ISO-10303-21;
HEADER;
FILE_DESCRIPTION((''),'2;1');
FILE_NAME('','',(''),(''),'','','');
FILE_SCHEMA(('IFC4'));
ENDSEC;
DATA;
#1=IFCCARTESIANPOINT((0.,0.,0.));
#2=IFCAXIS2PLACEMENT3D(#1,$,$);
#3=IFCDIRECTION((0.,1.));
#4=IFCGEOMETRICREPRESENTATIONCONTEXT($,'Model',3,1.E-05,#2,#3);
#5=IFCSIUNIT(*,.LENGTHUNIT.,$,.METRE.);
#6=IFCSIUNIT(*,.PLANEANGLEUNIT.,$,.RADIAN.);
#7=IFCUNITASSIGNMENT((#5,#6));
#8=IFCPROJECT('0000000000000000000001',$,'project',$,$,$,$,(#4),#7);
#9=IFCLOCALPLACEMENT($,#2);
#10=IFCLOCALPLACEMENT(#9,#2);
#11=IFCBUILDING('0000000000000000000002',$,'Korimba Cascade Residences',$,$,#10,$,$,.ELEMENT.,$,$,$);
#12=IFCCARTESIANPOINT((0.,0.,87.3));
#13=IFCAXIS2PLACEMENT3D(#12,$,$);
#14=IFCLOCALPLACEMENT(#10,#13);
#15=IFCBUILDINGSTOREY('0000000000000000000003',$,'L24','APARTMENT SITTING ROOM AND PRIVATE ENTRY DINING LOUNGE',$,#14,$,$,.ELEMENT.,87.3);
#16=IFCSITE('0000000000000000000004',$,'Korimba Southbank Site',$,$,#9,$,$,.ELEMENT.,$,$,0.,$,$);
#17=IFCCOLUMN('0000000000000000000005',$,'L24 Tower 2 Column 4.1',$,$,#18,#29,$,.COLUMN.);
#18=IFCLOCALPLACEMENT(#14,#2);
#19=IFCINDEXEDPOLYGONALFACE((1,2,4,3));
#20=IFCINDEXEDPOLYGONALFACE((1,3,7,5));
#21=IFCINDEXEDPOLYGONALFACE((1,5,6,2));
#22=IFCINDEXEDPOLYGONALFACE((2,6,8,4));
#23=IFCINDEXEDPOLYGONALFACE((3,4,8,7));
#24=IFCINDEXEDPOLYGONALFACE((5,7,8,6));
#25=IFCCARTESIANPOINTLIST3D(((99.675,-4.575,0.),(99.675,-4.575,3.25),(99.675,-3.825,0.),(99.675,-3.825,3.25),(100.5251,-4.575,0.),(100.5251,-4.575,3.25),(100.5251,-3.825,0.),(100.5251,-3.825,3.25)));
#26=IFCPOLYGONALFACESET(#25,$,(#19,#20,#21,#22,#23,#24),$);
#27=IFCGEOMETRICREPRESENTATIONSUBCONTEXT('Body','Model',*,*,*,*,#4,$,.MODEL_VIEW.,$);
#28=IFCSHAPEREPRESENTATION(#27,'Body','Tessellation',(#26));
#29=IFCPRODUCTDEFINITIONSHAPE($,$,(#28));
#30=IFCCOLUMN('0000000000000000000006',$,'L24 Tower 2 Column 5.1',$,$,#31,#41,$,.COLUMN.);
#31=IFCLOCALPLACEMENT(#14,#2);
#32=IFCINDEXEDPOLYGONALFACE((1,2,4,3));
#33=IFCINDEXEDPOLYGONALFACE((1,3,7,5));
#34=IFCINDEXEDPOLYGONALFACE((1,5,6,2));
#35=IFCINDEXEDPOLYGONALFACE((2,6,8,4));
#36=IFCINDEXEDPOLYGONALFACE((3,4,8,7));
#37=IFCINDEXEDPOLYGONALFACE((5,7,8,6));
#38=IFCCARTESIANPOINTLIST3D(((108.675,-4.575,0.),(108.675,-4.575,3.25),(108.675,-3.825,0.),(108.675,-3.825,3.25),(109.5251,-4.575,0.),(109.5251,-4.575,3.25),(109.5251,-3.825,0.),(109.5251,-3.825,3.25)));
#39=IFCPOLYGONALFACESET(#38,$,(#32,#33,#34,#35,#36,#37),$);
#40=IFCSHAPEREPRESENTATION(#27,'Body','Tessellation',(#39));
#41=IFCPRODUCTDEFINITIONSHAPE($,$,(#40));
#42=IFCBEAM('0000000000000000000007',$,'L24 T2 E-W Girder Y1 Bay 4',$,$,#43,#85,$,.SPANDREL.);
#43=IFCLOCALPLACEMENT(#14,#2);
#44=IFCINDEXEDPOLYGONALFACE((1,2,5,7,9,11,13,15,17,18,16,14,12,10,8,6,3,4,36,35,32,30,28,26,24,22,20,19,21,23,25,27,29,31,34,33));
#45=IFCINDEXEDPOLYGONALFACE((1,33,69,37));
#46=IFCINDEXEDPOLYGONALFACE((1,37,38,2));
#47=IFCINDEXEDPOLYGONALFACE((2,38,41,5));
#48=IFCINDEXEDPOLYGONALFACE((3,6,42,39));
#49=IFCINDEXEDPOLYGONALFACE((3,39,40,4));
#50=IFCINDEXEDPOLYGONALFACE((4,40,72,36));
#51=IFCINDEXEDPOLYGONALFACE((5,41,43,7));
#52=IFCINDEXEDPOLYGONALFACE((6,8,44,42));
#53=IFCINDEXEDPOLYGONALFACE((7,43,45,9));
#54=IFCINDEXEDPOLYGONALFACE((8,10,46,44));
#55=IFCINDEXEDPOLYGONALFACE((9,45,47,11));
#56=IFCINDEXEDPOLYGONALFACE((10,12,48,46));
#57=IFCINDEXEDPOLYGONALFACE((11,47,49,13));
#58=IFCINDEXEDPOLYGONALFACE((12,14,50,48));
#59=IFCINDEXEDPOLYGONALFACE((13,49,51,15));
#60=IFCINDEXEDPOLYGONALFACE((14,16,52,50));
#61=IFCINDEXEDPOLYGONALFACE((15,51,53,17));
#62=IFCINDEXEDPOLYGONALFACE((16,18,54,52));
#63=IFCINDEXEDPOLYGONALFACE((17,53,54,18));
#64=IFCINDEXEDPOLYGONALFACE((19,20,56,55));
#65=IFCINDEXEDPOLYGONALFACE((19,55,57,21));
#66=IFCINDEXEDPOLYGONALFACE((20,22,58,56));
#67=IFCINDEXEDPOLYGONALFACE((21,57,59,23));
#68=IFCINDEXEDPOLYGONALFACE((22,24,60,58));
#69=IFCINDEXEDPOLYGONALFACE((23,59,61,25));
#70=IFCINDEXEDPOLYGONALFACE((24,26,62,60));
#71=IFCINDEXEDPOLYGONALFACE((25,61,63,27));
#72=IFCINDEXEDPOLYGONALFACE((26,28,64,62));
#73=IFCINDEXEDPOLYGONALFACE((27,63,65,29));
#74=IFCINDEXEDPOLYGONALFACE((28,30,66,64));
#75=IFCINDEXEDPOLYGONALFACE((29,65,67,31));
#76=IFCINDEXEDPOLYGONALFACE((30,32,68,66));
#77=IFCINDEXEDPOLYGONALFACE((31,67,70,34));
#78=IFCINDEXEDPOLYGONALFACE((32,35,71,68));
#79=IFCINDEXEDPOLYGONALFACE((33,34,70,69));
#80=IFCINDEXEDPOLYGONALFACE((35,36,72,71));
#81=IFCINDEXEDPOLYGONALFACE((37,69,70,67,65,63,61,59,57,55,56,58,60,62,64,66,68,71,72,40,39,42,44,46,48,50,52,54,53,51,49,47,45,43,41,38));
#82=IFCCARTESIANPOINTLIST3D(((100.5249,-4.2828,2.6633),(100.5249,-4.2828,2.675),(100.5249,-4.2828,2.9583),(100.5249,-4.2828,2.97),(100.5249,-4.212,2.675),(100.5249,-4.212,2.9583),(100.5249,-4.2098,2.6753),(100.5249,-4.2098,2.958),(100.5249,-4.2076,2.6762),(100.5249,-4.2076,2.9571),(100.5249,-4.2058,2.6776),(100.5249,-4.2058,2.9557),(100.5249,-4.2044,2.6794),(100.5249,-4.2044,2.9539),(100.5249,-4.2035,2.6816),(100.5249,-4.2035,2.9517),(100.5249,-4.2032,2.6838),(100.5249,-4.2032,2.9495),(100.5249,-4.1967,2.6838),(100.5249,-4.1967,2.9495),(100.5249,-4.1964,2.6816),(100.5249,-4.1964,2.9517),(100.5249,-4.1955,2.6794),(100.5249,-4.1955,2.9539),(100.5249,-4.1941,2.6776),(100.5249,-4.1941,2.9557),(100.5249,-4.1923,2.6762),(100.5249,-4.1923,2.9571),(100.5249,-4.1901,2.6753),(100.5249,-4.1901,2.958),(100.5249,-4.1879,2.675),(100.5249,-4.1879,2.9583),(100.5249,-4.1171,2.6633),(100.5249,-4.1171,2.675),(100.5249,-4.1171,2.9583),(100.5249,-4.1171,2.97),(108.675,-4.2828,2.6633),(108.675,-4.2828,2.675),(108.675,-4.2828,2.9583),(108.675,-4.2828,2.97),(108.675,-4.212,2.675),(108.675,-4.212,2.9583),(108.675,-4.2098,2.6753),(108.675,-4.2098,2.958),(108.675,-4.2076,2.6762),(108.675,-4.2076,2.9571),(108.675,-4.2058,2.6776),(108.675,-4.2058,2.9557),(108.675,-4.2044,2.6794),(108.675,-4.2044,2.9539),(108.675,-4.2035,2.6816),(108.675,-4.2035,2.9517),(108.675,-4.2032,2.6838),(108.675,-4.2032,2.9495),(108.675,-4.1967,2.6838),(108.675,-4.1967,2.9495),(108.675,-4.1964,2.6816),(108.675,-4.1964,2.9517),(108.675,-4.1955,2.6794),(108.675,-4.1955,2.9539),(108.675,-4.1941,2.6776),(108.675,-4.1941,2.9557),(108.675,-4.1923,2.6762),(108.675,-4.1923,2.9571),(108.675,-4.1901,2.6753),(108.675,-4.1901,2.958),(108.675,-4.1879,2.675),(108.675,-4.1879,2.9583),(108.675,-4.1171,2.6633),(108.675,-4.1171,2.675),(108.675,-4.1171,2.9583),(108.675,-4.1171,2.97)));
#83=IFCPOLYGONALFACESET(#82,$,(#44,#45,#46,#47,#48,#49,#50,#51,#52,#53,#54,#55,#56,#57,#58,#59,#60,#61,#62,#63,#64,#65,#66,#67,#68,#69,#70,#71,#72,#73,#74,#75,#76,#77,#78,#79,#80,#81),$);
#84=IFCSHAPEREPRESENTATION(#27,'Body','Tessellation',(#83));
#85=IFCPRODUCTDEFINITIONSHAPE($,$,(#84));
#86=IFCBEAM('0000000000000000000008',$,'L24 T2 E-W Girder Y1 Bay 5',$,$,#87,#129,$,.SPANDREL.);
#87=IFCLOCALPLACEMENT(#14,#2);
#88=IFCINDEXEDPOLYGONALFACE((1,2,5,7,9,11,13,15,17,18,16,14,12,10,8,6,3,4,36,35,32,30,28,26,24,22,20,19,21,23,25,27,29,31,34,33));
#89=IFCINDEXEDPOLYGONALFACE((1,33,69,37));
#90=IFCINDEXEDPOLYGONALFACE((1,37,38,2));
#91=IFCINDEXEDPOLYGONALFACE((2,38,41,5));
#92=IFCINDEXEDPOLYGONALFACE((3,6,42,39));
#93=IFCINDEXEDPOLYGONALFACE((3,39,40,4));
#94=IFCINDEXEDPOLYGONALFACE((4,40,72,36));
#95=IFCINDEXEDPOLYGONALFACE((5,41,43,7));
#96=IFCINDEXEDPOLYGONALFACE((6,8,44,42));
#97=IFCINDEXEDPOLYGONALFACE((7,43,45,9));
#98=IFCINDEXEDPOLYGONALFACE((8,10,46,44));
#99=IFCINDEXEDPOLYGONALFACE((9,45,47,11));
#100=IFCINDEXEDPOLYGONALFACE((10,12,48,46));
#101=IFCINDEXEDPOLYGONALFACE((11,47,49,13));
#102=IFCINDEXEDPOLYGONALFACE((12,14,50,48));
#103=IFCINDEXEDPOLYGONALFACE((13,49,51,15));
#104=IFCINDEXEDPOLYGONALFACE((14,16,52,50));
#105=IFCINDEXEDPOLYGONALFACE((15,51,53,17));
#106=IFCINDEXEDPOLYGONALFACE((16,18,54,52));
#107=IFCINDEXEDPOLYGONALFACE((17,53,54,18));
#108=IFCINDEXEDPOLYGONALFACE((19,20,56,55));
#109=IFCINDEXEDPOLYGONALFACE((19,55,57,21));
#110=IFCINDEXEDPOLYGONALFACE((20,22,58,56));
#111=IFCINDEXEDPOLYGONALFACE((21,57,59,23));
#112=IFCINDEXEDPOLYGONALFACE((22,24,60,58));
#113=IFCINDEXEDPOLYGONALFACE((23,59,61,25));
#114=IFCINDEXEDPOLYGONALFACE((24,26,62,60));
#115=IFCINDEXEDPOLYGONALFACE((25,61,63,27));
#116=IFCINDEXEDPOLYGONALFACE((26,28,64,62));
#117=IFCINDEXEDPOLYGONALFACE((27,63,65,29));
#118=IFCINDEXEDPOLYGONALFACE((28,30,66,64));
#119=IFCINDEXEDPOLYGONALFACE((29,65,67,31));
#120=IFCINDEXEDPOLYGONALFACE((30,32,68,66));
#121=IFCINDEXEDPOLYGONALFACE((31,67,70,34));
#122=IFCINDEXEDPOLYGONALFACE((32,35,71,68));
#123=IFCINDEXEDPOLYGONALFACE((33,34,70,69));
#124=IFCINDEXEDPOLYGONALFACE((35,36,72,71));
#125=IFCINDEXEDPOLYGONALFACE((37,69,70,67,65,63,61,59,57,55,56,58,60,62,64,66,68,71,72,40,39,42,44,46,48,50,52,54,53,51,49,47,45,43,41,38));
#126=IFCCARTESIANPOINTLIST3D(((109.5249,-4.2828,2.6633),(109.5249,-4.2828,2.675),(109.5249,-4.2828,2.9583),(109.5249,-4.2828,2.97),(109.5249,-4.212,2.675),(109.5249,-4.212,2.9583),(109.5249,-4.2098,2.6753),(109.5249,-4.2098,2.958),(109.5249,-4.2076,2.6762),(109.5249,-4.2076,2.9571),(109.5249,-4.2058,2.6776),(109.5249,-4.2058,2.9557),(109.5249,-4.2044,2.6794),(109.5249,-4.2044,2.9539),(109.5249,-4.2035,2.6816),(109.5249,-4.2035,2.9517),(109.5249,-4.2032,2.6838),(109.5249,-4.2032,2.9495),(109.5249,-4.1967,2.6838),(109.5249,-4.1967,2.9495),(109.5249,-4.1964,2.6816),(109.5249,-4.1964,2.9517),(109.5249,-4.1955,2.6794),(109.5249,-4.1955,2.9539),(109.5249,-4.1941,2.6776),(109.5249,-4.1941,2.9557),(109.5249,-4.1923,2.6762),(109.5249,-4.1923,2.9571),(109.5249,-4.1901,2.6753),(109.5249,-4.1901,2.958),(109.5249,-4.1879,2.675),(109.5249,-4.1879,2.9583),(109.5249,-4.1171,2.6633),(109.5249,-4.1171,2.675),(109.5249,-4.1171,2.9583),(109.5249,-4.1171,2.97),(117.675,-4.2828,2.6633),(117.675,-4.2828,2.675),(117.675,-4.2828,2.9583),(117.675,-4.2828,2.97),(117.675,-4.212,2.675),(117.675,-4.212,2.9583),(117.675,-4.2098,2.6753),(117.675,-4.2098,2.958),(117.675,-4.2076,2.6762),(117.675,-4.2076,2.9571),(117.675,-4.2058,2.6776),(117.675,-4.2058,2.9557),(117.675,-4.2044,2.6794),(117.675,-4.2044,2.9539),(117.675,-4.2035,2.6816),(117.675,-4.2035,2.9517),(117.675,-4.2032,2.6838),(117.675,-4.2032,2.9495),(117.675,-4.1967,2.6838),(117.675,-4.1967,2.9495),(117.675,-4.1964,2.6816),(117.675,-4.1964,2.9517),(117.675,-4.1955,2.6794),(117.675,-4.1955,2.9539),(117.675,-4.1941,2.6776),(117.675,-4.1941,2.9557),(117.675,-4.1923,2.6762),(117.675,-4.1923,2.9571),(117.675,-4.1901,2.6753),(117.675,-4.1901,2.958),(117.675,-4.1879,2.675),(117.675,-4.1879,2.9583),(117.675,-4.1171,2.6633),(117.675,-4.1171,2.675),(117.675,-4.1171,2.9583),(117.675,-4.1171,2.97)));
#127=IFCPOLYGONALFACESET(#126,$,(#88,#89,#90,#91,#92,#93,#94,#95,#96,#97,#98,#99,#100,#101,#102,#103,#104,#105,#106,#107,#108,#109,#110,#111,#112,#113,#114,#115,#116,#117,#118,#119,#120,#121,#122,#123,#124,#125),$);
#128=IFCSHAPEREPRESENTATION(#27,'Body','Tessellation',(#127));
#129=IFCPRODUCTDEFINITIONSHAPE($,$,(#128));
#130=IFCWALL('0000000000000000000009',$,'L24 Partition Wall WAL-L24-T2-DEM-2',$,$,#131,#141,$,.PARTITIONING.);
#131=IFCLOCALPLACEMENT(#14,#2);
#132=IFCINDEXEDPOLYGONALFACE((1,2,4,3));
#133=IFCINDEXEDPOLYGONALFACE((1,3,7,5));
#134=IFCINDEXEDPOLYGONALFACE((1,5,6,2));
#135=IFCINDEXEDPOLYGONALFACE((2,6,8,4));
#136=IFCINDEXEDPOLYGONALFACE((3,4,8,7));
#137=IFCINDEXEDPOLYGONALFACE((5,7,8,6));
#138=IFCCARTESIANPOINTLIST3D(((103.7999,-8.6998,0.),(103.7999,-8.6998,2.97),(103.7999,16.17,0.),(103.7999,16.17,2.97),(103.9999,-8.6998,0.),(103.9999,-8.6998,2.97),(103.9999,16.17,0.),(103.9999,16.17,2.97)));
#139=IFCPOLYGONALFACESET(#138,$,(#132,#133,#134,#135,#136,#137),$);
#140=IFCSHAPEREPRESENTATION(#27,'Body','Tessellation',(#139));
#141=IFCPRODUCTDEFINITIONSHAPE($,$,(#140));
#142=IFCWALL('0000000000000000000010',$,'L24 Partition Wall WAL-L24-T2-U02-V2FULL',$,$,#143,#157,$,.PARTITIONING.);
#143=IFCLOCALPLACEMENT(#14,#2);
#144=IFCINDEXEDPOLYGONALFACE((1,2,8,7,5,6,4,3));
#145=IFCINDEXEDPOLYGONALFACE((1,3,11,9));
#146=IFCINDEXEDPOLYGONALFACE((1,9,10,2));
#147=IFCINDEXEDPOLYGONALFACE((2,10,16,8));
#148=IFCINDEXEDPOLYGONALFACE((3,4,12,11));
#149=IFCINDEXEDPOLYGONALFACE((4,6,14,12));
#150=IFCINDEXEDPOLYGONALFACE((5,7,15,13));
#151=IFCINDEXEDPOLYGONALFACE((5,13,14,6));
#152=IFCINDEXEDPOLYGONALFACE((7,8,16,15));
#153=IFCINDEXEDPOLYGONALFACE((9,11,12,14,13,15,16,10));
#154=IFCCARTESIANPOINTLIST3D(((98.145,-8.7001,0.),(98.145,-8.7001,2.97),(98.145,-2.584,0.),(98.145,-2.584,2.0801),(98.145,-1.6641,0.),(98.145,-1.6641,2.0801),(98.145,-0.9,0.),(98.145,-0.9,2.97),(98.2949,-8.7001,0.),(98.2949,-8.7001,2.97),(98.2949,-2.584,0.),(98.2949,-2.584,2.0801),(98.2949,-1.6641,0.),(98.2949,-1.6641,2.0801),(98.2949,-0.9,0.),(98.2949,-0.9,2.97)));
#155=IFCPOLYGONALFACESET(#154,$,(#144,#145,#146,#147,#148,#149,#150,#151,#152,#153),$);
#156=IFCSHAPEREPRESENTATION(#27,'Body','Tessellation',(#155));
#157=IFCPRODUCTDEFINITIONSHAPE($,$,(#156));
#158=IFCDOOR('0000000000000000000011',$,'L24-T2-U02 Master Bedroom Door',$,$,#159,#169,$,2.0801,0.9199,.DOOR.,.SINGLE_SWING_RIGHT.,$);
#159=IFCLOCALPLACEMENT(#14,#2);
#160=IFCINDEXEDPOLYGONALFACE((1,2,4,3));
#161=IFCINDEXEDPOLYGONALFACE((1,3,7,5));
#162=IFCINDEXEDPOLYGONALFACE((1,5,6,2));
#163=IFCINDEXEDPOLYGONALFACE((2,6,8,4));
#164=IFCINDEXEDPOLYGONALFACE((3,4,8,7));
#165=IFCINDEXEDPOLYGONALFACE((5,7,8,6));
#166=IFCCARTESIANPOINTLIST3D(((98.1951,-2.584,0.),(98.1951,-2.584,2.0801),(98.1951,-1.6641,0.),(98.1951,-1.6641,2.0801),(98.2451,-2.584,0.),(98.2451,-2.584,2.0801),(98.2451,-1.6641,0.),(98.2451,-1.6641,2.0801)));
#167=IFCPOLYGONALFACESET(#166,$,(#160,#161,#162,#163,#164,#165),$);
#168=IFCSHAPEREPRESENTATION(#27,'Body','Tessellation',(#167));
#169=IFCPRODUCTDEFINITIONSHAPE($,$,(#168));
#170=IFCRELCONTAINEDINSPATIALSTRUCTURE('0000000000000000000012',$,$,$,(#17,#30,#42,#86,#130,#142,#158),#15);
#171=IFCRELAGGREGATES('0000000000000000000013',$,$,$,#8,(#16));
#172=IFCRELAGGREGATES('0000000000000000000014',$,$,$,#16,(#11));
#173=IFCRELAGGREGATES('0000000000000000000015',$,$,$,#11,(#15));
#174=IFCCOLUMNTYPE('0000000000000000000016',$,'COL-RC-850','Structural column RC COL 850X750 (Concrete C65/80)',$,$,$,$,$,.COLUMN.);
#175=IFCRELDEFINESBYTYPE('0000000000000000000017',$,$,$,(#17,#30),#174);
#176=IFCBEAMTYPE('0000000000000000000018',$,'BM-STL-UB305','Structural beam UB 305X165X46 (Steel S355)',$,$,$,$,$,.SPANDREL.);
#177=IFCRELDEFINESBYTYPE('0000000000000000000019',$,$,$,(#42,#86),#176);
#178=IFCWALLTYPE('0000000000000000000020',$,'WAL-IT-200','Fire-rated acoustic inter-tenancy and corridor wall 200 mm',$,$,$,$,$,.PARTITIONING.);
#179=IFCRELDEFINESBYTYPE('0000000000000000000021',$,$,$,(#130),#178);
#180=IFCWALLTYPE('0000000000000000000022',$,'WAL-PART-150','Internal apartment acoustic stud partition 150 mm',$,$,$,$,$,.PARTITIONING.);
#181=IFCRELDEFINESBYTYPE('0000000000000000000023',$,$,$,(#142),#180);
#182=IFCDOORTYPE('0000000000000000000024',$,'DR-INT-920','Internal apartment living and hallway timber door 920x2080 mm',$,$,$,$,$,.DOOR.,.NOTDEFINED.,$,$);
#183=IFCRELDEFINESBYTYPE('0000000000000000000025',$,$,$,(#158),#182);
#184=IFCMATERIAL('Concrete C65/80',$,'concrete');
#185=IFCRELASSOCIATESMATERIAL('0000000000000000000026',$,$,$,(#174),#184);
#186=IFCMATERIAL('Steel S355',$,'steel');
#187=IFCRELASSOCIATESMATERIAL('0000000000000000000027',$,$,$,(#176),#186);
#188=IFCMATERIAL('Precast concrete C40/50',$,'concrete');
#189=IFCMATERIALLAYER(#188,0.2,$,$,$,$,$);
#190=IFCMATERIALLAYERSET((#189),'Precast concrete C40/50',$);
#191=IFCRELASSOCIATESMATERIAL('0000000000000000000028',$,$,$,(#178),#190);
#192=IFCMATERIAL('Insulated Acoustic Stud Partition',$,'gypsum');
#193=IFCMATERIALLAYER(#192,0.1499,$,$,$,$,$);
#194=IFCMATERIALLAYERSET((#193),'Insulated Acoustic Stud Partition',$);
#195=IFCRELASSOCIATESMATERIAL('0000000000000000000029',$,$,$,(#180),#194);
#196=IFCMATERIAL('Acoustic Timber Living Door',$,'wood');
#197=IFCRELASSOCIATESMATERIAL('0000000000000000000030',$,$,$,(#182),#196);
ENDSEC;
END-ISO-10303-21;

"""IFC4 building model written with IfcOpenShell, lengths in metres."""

from ifc_helpers import new_model, si_unit, direction, frame, frame_2d, origin, origin_2d, place, context, subcontext, project, spatial, rectangle, i_section, extrude, material, layer, layer_set, material_profile, profile_set, type_object, element, fill, save


model = new_model("IFC4")

# Units and contexts
model_context = context("Model", 3, precision=1e-05, world=origin(), true_north=direction((0.0, 1.0)))
body_context = subcontext(model_context, "Body", "Model", "MODEL_VIEW")
ifc_project = project(units=[si_unit("LENGTHUNIT", "METRE"), si_unit("PLANEANGLEUNIT", "RADIAN")], contexts=[model_context])

# Site, building, storey
site_placement = place(None, origin())
site = spatial("IfcSite", under=ifc_project, at=site_placement, Name="Korimba Southbank Site", CompositionType="ELEMENT", RefElevation=0.0)
building_placement = place(site_placement, origin())
building = spatial("IfcBuilding", under=site, at=building_placement, Name="Korimba Cascade Residences", CompositionType="ELEMENT")
storey_placement = place(building_placement, frame((0.0, 0.0, 87.3)))
storey = spatial("IfcBuildingStorey", under=building, at=storey_placement, Name="L24", Description="APARTMENT SITTING ROOM AND PRIVATE ENTRY DINING LOUNGE", CompositionType="ELEMENT", Elevation=87.3)

# Columns
ifc_material_1 = material(Name="Concrete C65/80", Category="concrete")
ifc_material_profile_1 = material_profile(ifc_material_1, rectangle(XDim=0.8501, YDim=0.75, at=origin_2d()), Name="Concrete C65/80")
ifc_profile_set_1 = profile_set([ifc_material_profile_1], Name="Concrete C65/80")
column_type = type_object("IfcColumnType", Name="COL-RC-850", Description="Structural column RC COL 850X750 (Concrete C65/80)", PredefinedType="COLUMN", material=ifc_profile_set_1)
for number, where, z_axis, x_axis, name in (
    (1, (100.1001, -4.2, 0.0), (0.0, 0.0, 1.0), (1.0, 0.0, 0.0), "L24 Tower 2 Column 4.1"),
    (2, (109.1001, -4.2, 0.0), (0.0, 0.0, 1.0), (1.0, 0.0, 0.0), "L24 Tower 2 Column 5.1"),
):
    element("IfcColumn", number, at=place(storey_placement, frame(where, z_axis=z_axis, x_axis=x_axis)), inside=storey, type_object=column_type, Name=name, PredefinedType="COLUMN", context=body_context, shape_type="SweptSolid", body=[
        extrude(rectangle(XDim=0.8501, YDim=0.75, at=origin_2d()), origin(), (0.0, 0.0, 1.0), 3.25),
    ])

# Beams
ifc_material_2 = material(Name="Steel S355", Category="steel")
ifc_material_profile_2 = material_profile(ifc_material_2, i_section(OverallWidth=0.1658, OverallDepth=0.3066, WebThickness=0.0066, FlangeThickness=0.0117, FilletRadius=0.0088, at=origin_2d()), Name="Steel S355")
ifc_profile_set_2 = profile_set([ifc_material_profile_2], Name="Steel S355")
beam_type = type_object("IfcBeamType", Name="BM-STL-UB305", Description="Structural beam UB 305X165X46 (Steel S355)", PredefinedType="SPANDREL", material=ifc_profile_set_2)
for number, where, z_axis, x_axis, name in (
    (3, (100.5249, -4.2, 2.8167), (1.0, 0.0, 0.0), (0.0, 1.0, 0.0), "L24 T2 E-W Girder Y1 Bay 4"),
    (4, (109.5249, -4.2, 2.8167), (1.0, 0.0, 0.0), (0.0, 1.0, 0.0), "L24 T2 E-W Girder Y1 Bay 5"),
):
    element("IfcBeam", number, at=place(storey_placement, frame(where, z_axis=z_axis, x_axis=x_axis)), inside=storey, type_object=beam_type, Name=name, PredefinedType="SPANDREL", context=body_context, shape_type="SweptSolid", body=[
        extrude(i_section(OverallWidth=0.1658, OverallDepth=0.3066, WebThickness=0.0066, FlangeThickness=0.0117, FilletRadius=0.0088, at=origin_2d()), origin(), (0.0, 0.0, 1.0), 8.1501),
    ])

# Wall
ifc_material_3 = material(Name="Precast concrete C40/50", Category="concrete")
ifc_layer_1 = layer(ifc_material_3, 0.2)
ifc_layer_set_1 = layer_set([ifc_layer_1], Name="Precast concrete C40/50")
wall_type_1 = type_object("IfcWallType", Name="WAL-IT-200", Description="Fire-rated acoustic inter-tenancy and corridor wall 200 mm", PredefinedType="PARTITIONING", material=ifc_layer_set_1)
wall_1_placement = place(storey_placement, frame((103.8999, -8.7, 0.0), z_axis=(0.0, 0.0, 1.0), x_axis=(0.0, 1.0, 0.0)))
element("IfcWall", 5, at=wall_1_placement, inside=storey, type_object=wall_type_1, Name="L24 Partition Wall WAL-L24-T2-DEM-2", PredefinedType="PARTITIONING", context=body_context, shape_type="SweptSolid", body=[
    extrude(rectangle(XDim=24.8699, YDim=0.2, at=frame_2d((12.4351, 0.0))), origin(), (0.0, 0.0, 1.0), 2.97),
])

# Wall, opening, door
ifc_material_4 = material(Name="Insulated Acoustic Stud Partition", Category="gypsum")
ifc_layer_2 = layer(ifc_material_4, 0.1499)
ifc_layer_set_2 = layer_set([ifc_layer_2], Name="Insulated Acoustic Stud Partition")
wall_type_2 = type_object("IfcWallType", Name="WAL-PART-150", Description="Internal apartment acoustic stud partition 150 mm", PredefinedType="PARTITIONING", material=ifc_layer_set_2)
wall_2_placement = place(storey_placement, frame((98.22, -8.7, 0.0), z_axis=(0.0, 0.0, 1.0), x_axis=(0.0, 1.0, 0.0)))
wall_2 = element("IfcWall", 6, at=wall_2_placement, inside=storey, type_object=wall_type_2, Name="L24 Partition Wall WAL-L24-T2-U02-V2FULL", PredefinedType="PARTITIONING", context=body_context, shape_type="SweptSolid", body=[
    extrude(rectangle(XDim=7.8, YDim=0.1499, at=frame_2d((3.8999, 0.0))), origin(), (0.0, 0.0, 1.0), 2.97),
])
opening_1_placement = place(wall_2_placement, frame((6.116, 0.0, 0.0)))
opening_1 = element("IfcOpeningElement", 7, at=opening_1_placement, cuts=wall_2, PredefinedType="OPENING", context=body_context, shape_type="SweptSolid", body=[
    extrude(rectangle(XDim=0.9199, YDim=2.0801, at=frame_2d((0.46, 1.04))), frame((0.0, 0.085, 0.0), z_axis=(0.0, -1.0, 0.0), x_axis=(1.0, 0.0, 0.0)), (0.0, 0.0, 1.0), 0.1699),
])
ifc_material_5 = material(Name="Acoustic Timber Living Door", Category="wood")
door_type_1 = type_object("IfcDoorType", Name="DR-INT-920", Description="Internal apartment living and hallway timber door 920x2080 mm", OperationType="NOTDEFINED", PredefinedType="DOOR", material=ifc_material_5)
door_1_placement = place(opening_1_placement, origin())
door_1 = element("IfcDoor", 8, at=door_1_placement, inside=storey, type_object=door_type_1, Name="L24-T2-U02 Master Bedroom Door", OperationType="SINGLE_SWING_RIGHT", OverallHeight=2.0801, OverallWidth=0.9199, PredefinedType="DOOR", context=body_context, shape_type="SweptSolid", body=[
    extrude(rectangle(XDim=0.9199, YDim=2.0801, at=frame_2d((0.46, 1.04))), frame((0.0, 0.0249, 0.0), z_axis=(0.0, -1.0, 0.0), x_axis=(1.0, 0.0, 0.0)), (0.0, 0.0, 1.0), 0.05),
])
fill(opening_1, door_1)

save(model, "model.ifc")
